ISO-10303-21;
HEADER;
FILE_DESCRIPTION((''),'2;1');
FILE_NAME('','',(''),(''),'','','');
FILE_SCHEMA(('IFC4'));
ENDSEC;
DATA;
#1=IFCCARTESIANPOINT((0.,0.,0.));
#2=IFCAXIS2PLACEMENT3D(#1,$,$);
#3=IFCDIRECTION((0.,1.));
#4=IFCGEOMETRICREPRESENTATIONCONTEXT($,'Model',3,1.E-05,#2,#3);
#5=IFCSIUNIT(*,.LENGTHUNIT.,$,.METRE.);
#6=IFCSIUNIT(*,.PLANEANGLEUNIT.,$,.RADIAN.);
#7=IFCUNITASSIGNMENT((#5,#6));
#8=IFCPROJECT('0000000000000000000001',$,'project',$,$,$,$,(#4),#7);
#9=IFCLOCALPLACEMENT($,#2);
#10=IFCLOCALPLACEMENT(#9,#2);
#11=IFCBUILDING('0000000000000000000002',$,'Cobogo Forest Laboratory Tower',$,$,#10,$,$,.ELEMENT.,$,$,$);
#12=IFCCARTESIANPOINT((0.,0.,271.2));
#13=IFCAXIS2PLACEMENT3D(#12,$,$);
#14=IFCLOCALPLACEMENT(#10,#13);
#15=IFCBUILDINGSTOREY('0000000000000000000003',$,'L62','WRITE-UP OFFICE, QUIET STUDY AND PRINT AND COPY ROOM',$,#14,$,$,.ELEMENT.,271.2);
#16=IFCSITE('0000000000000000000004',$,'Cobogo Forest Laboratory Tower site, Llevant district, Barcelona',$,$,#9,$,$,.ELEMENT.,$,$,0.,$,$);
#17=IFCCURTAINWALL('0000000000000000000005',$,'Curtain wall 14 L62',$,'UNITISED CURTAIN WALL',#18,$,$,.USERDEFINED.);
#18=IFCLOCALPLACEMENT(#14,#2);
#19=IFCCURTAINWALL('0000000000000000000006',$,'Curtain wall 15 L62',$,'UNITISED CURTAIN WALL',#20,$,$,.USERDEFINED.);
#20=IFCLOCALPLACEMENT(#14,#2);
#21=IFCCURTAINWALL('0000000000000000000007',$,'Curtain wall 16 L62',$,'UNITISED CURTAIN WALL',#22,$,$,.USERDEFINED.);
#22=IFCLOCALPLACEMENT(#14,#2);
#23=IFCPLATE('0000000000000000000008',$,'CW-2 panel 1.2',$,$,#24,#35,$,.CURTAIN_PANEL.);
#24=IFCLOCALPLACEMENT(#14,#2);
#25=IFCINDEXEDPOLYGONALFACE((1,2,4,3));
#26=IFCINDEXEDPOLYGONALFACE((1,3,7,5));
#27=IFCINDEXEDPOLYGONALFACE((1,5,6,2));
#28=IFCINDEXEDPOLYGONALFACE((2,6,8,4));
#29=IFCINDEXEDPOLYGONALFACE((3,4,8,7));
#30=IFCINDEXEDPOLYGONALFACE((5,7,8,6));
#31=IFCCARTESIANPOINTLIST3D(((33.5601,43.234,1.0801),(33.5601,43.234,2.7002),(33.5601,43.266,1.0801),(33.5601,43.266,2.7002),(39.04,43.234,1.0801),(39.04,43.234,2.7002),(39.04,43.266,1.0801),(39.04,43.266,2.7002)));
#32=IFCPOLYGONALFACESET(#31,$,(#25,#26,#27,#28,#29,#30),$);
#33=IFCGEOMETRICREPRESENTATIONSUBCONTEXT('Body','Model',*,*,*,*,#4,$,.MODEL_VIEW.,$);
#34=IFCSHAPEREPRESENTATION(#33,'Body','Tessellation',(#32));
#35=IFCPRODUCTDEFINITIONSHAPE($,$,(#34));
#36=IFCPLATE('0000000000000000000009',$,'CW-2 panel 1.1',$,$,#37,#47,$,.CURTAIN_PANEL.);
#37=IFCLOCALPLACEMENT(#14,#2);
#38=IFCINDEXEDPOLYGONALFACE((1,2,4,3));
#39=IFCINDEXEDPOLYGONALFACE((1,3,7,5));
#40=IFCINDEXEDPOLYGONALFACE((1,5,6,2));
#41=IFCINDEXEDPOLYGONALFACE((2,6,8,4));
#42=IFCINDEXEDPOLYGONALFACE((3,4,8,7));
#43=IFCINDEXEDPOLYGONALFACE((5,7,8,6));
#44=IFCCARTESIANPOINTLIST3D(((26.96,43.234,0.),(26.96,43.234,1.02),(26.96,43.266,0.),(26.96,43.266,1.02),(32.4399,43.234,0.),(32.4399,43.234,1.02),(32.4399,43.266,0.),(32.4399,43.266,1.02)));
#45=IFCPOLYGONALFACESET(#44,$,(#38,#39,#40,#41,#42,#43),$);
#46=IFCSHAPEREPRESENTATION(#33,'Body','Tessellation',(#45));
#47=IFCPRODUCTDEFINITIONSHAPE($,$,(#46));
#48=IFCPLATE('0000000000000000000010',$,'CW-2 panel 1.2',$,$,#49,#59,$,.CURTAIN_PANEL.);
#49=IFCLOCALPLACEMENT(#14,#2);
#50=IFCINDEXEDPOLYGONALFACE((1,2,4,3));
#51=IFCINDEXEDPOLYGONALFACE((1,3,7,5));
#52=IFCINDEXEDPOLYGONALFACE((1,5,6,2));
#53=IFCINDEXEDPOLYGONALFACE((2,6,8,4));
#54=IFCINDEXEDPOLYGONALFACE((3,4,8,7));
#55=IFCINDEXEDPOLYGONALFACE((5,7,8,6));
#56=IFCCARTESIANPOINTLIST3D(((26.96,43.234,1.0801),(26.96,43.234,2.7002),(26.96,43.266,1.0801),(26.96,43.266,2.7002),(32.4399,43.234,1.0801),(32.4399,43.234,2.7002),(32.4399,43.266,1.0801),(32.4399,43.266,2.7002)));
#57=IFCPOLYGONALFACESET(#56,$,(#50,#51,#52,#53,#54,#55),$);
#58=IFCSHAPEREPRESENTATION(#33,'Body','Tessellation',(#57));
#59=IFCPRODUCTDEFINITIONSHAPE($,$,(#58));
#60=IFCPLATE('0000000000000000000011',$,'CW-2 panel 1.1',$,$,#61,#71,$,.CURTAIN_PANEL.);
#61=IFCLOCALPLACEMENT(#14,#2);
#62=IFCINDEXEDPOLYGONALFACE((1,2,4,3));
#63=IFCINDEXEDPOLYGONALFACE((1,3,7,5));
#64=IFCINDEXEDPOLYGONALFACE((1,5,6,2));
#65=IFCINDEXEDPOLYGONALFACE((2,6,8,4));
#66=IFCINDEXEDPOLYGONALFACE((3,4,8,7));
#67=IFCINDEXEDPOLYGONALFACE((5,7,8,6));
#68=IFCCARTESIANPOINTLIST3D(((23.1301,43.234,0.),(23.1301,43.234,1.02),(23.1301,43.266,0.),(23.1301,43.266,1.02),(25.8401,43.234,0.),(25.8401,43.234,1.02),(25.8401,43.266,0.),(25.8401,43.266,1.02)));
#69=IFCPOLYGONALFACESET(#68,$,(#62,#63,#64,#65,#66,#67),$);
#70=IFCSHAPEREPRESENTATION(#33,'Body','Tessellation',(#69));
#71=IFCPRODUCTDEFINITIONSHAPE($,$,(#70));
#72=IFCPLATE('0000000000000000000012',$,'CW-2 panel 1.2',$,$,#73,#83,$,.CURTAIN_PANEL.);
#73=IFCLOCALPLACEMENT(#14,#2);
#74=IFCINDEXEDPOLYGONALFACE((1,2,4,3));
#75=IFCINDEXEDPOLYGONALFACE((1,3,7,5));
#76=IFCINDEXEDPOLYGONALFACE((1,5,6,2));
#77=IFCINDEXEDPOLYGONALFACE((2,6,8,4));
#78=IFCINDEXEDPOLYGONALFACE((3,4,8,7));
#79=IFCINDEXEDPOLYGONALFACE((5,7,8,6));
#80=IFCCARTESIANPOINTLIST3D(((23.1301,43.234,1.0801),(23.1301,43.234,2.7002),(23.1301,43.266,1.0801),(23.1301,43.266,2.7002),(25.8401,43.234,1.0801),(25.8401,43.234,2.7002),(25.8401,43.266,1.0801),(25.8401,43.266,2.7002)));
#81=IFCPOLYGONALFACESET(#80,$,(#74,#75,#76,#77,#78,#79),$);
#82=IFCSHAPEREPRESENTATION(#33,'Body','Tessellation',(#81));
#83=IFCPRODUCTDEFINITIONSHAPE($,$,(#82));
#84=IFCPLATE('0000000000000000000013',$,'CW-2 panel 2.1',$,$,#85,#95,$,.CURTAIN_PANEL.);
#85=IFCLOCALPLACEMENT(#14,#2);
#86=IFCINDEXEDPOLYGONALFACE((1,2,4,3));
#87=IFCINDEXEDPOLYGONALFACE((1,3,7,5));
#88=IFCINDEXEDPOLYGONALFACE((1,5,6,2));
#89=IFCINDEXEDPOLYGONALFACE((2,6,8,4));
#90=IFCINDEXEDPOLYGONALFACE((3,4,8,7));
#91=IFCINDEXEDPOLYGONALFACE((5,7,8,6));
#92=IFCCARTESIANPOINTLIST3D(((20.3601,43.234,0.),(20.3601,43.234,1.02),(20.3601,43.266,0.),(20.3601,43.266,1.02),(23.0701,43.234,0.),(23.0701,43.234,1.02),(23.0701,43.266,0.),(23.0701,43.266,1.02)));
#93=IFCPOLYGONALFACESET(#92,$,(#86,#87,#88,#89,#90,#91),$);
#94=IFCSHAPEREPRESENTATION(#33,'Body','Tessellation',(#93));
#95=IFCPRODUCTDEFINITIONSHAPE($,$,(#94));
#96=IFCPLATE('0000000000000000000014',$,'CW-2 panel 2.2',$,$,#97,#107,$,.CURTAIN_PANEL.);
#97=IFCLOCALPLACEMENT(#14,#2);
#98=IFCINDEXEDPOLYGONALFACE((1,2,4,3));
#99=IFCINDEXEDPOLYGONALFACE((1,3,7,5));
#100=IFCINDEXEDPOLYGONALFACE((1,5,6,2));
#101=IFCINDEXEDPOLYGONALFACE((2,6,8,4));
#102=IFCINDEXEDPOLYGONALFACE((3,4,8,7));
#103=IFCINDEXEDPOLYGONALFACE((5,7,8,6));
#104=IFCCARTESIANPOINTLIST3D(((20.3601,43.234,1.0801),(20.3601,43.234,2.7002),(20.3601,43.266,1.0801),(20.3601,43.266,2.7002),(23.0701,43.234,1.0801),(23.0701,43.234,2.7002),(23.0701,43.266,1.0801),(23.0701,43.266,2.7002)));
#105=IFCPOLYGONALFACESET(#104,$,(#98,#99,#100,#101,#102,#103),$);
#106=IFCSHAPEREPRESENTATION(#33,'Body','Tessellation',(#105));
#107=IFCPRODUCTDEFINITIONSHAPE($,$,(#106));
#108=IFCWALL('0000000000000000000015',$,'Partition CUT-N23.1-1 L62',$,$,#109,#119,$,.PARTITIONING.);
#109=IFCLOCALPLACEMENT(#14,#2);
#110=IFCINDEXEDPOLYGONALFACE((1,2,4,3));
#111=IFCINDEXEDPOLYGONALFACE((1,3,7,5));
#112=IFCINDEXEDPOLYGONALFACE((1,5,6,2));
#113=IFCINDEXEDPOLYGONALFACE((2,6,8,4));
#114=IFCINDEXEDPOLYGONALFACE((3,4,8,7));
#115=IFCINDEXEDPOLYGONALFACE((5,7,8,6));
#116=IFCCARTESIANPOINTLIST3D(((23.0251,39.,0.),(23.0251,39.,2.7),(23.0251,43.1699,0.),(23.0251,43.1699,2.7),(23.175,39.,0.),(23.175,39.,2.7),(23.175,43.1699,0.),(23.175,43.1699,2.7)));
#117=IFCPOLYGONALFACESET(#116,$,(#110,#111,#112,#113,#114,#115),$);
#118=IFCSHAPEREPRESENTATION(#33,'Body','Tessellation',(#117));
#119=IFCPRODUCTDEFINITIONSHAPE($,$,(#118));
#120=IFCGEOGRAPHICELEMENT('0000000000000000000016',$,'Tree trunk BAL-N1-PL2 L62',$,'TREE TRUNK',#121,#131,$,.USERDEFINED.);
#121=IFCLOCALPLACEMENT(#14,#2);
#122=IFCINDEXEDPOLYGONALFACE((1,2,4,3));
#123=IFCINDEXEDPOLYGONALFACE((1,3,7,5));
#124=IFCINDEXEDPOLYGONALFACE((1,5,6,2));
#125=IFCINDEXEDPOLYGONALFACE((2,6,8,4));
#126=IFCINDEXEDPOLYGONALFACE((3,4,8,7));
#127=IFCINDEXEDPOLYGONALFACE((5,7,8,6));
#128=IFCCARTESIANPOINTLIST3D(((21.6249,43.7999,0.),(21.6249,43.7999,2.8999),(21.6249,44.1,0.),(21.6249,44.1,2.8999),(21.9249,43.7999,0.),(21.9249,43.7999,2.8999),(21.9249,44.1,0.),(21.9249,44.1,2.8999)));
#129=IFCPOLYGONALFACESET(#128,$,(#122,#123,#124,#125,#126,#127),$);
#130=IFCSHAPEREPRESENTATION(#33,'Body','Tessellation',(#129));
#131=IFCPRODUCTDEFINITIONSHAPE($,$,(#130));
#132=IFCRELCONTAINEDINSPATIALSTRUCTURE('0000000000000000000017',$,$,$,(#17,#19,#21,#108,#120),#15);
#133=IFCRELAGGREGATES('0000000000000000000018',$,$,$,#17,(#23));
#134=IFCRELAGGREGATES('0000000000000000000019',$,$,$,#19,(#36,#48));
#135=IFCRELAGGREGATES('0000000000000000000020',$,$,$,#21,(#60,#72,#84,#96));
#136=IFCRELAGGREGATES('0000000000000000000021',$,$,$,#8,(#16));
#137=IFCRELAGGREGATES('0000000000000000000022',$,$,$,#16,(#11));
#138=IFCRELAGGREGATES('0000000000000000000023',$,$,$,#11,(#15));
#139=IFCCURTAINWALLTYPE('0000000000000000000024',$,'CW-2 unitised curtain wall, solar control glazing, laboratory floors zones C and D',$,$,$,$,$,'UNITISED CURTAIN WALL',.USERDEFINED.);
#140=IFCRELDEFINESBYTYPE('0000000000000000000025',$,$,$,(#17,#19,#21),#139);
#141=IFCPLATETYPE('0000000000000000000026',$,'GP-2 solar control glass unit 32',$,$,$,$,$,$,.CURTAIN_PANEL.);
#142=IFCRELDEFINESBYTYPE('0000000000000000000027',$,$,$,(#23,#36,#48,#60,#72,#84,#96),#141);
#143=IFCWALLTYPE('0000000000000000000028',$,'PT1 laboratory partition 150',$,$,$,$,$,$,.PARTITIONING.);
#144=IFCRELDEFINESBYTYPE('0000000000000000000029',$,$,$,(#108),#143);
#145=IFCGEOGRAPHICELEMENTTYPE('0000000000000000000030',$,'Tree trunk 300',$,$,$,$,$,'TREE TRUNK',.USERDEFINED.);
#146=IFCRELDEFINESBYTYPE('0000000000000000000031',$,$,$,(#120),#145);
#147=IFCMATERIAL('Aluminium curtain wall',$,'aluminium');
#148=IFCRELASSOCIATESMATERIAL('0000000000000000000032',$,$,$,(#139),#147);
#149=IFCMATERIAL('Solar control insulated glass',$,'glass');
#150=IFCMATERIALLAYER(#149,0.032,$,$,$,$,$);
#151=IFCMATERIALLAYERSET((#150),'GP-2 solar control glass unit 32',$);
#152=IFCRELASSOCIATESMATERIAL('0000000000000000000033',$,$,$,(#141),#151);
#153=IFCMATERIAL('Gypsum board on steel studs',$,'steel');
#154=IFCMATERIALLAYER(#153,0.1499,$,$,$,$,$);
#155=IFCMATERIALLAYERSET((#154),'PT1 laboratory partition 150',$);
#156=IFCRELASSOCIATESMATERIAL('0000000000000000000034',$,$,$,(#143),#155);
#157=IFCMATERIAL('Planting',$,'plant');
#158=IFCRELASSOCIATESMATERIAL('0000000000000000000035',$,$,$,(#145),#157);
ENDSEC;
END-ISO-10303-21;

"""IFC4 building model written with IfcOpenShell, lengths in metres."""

from ifc_helpers import new_model, si_unit, direction, frame, frame_2d, origin, origin_2d, place, context, subcontext, project, spatial, rectangle, extrude, material, layer, layer_set, type_object, element, aggregate, save


model = new_model("IFC4")

# Units and contexts
model_context = context("Model", 3, precision=1e-05, world=origin(), true_north=direction((0.0, 1.0)))
body_context = subcontext(model_context, "Body", "Model", "MODEL_VIEW")
ifc_project = project(units=[si_unit("LENGTHUNIT", "METRE"), si_unit("PLANEANGLEUNIT", "RADIAN")], contexts=[model_context])

# Site, building, storey
site_placement = place(None, origin())
site = spatial("IfcSite", under=ifc_project, at=site_placement, Name="Cobogo Forest Laboratory Tower site, Llevant district, Barcelona", CompositionType="ELEMENT", RefElevation=0.0)
building_placement = place(site_placement, origin())
building = spatial("IfcBuilding", under=site, at=building_placement, Name="Cobogo Forest Laboratory Tower", CompositionType="ELEMENT")
storey_placement = place(building_placement, frame((0.0, 0.0, 271.2)))
storey = spatial("IfcBuildingStorey", under=building, at=storey_placement, Name="L62", Description="WRITE-UP OFFICE, QUIET STUDY AND PRINT AND COPY ROOM", CompositionType="ELEMENT", Elevation=271.2)

# Curtain wall
ifc_material_1 = material(Name="Aluminium curtain wall", Category="aluminium")
curtain_wall_type = type_object("IfcCurtainWallType", Name="CW-2 unitised curtain wall, solar control glazing, laboratory floors zones C and D", ElementType="UNITISED CURTAIN WALL", PredefinedType="USERDEFINED", material=ifc_material_1)
curtain_wall_1_placement = place(storey_placement, origin())
curtain_wall_1 = element("IfcCurtainWall", 1, at=curtain_wall_1_placement, inside=storey, type_object=curtain_wall_type, Name="Curtain wall 14 L62", ObjectType="UNITISED CURTAIN WALL", PredefinedType="USERDEFINED")

# Curtain walls
curtain_wall_2_placement = place(storey_placement, origin())
curtain_wall_2 = element("IfcCurtainWall", 2, at=curtain_wall_2_placement, inside=storey, type_object=curtain_wall_type, Name="Curtain wall 15 L62", ObjectType="UNITISED CURTAIN WALL", PredefinedType="USERDEFINED")
curtain_wall_3_placement = place(storey_placement, origin())
curtain_wall_3 = element("IfcCurtainWall", 3, at=curtain_wall_3_placement, inside=storey, type_object=curtain_wall_type, Name="Curtain wall 16 L62", ObjectType="UNITISED CURTAIN WALL", PredefinedType="USERDEFINED")

# Plates
ifc_material_2 = material(Name="Solar control insulated glass", Category="glass")
ifc_layer_1 = layer(ifc_material_2, 0.032)
ifc_layer_set_1 = layer_set([ifc_layer_1], Name="GP-2 solar control glass unit 32")
plate_type_1 = type_object("IfcPlateType", Name="GP-2 solar control glass unit 32", PredefinedType="CURTAIN_PANEL", material=ifc_layer_set_1)
plate_1_placement = place(storey_placement, frame((36.3, 43.25, 1.0801), z_axis=(0.0, 0.0, 1.0), x_axis=(-1.0, 0.0, 0.0)))
plate_1 = element("IfcPlate", 4, at=plate_1_placement, type_object=plate_type_1, Name="CW-2 panel 1.2", PredefinedType="CURTAIN_PANEL", context=body_context, shape_type="SweptSolid", body=[
    extrude(rectangle(XDim=5.48, YDim=0.032, at=origin_2d()), origin(), (0.0, 0.0, 1.0), 1.6201),
])
aggregate(curtain_wall_1, [plate_1])
plate_2_placement = place(storey_placement, frame((29.7, 43.25, 0.0), z_axis=(0.0, 0.0, 1.0), x_axis=(-1.0, 0.0, 0.0)))
plate_2 = element("IfcPlate", 5, at=plate_2_placement, type_object=plate_type_1, Name="CW-2 panel 1.1", PredefinedType="CURTAIN_PANEL", context=body_context, shape_type="SweptSolid", body=[
    extrude(rectangle(XDim=5.48, YDim=0.032, at=origin_2d()), origin(), (0.0, 0.0, 1.0), 1.02),
])
plate_3_placement = place(storey_placement, frame((29.7, 43.25, 1.0801), z_axis=(0.0, 0.0, 1.0), x_axis=(-1.0, 0.0, 0.0)))
plate_3 = element("IfcPlate", 6, at=plate_3_placement, type_object=plate_type_1, Name="CW-2 panel 1.2", PredefinedType="CURTAIN_PANEL", context=body_context, shape_type="SweptSolid", body=[
    extrude(rectangle(XDim=5.48, YDim=0.032, at=origin_2d()), origin(), (0.0, 0.0, 1.0), 1.6201),
])
aggregate(curtain_wall_2, [plate_2, plate_3])
plate_4_placement = place(storey_placement, frame((24.4851, 43.25, 0.0), z_axis=(0.0, 0.0, 1.0), x_axis=(-1.0, 0.0, 0.0)))
plate_4 = element("IfcPlate", 7, at=plate_4_placement, type_object=plate_type_1, Name="CW-2 panel 1.1", PredefinedType="CURTAIN_PANEL", context=body_context, shape_type="SweptSolid", body=[
    extrude(rectangle(XDim=2.71, YDim=0.032, at=origin_2d()), origin(), (0.0, 0.0, 1.0), 1.02),
])
plate_5_placement = place(storey_placement, frame((24.4851, 43.25, 1.0801), z_axis=(0.0, 0.0, 1.0), x_axis=(-1.0, 0.0, 0.0)))
plate_5 = element("IfcPlate", 8, at=plate_5_placement, type_object=plate_type_1, Name="CW-2 panel 1.2", PredefinedType="CURTAIN_PANEL", context=body_context, shape_type="SweptSolid", body=[
    extrude(rectangle(XDim=2.71, YDim=0.032, at=origin_2d()), origin(), (0.0, 0.0, 1.0), 1.6201),
])
plate_6_placement = place(storey_placement, frame((21.7151, 43.25, 0.0), z_axis=(0.0, 0.0, 1.0), x_axis=(-1.0, 0.0, 0.0)))
plate_6 = element("IfcPlate", 9, at=plate_6_placement, type_object=plate_type_1, Name="CW-2 panel 2.1", PredefinedType="CURTAIN_PANEL", context=body_context, shape_type="SweptSolid", body=[
    extrude(rectangle(XDim=2.71, YDim=0.032, at=origin_2d()), origin(), (0.0, 0.0, 1.0), 1.02),
])
plate_7_placement = place(storey_placement, frame((21.7151, 43.25, 1.0801), z_axis=(0.0, 0.0, 1.0), x_axis=(-1.0, 0.0, 0.0)))
plate_7 = element("IfcPlate", 10, at=plate_7_placement, type_object=plate_type_1, Name="CW-2 panel 2.2", PredefinedType="CURTAIN_PANEL", context=body_context, shape_type="SweptSolid", body=[
    extrude(rectangle(XDim=2.71, YDim=0.032, at=origin_2d()), origin(), (0.0, 0.0, 1.0), 1.6201),
])
aggregate(curtain_wall_3, [plate_4, plate_5, plate_6, plate_7])

# Wall
ifc_material_3 = material(Name="Gypsum board on steel studs", Category="steel")
ifc_layer_2 = layer(ifc_material_3, 0.1499)
ifc_layer_set_2 = layer_set([ifc_layer_2], Name="PT1 laboratory partition 150")
wall_type = type_object("IfcWallType", Name="PT1 laboratory partition 150", PredefinedType="PARTITIONING", material=ifc_layer_set_2)
wall_placement = place(storey_placement, frame((23.1001, 43.1699, 0.0), z_axis=(0.0, 0.0, 1.0), x_axis=(0.0, -1.0, 0.0)))
element("IfcWall", 11, at=wall_placement, inside=storey, type_object=wall_type, Name="Partition CUT-N23.1-1 L62", PredefinedType="PARTITIONING", context=body_context, shape_type="SweptSolid", body=[
    extrude(rectangle(XDim=4.1699, YDim=0.1499, at=frame_2d((2.085, 0.0))), origin(), (0.0, 0.0, 1.0), 2.7),
])

# Geographic element
ifc_material_4 = material(Name="Planting", Category="plant")
geographic_element_type = type_object("IfcGeographicElementType", Name="Tree trunk 300", ElementType="TREE TRUNK", PredefinedType="USERDEFINED", material=ifc_material_4)
geographic_element_placement = place(storey_placement, frame((21.7749, 43.95, 0.0), z_axis=(0.0, 0.0, 1.0), x_axis=(1.0, 0.0, 0.0)))
element("IfcGeographicElement", 12, at=geographic_element_placement, inside=storey, type_object=geographic_element_type, Name="Tree trunk BAL-N1-PL2 L62", ObjectType="TREE TRUNK", PredefinedType="USERDEFINED", context=body_context, shape_type="SweptSolid", body=[
    extrude(rectangle(XDim=0.3, YDim=0.3, at=origin_2d()), origin(), (0.0, 0.0, 1.0), 2.8999),
])

save(model, "model.ifc")
